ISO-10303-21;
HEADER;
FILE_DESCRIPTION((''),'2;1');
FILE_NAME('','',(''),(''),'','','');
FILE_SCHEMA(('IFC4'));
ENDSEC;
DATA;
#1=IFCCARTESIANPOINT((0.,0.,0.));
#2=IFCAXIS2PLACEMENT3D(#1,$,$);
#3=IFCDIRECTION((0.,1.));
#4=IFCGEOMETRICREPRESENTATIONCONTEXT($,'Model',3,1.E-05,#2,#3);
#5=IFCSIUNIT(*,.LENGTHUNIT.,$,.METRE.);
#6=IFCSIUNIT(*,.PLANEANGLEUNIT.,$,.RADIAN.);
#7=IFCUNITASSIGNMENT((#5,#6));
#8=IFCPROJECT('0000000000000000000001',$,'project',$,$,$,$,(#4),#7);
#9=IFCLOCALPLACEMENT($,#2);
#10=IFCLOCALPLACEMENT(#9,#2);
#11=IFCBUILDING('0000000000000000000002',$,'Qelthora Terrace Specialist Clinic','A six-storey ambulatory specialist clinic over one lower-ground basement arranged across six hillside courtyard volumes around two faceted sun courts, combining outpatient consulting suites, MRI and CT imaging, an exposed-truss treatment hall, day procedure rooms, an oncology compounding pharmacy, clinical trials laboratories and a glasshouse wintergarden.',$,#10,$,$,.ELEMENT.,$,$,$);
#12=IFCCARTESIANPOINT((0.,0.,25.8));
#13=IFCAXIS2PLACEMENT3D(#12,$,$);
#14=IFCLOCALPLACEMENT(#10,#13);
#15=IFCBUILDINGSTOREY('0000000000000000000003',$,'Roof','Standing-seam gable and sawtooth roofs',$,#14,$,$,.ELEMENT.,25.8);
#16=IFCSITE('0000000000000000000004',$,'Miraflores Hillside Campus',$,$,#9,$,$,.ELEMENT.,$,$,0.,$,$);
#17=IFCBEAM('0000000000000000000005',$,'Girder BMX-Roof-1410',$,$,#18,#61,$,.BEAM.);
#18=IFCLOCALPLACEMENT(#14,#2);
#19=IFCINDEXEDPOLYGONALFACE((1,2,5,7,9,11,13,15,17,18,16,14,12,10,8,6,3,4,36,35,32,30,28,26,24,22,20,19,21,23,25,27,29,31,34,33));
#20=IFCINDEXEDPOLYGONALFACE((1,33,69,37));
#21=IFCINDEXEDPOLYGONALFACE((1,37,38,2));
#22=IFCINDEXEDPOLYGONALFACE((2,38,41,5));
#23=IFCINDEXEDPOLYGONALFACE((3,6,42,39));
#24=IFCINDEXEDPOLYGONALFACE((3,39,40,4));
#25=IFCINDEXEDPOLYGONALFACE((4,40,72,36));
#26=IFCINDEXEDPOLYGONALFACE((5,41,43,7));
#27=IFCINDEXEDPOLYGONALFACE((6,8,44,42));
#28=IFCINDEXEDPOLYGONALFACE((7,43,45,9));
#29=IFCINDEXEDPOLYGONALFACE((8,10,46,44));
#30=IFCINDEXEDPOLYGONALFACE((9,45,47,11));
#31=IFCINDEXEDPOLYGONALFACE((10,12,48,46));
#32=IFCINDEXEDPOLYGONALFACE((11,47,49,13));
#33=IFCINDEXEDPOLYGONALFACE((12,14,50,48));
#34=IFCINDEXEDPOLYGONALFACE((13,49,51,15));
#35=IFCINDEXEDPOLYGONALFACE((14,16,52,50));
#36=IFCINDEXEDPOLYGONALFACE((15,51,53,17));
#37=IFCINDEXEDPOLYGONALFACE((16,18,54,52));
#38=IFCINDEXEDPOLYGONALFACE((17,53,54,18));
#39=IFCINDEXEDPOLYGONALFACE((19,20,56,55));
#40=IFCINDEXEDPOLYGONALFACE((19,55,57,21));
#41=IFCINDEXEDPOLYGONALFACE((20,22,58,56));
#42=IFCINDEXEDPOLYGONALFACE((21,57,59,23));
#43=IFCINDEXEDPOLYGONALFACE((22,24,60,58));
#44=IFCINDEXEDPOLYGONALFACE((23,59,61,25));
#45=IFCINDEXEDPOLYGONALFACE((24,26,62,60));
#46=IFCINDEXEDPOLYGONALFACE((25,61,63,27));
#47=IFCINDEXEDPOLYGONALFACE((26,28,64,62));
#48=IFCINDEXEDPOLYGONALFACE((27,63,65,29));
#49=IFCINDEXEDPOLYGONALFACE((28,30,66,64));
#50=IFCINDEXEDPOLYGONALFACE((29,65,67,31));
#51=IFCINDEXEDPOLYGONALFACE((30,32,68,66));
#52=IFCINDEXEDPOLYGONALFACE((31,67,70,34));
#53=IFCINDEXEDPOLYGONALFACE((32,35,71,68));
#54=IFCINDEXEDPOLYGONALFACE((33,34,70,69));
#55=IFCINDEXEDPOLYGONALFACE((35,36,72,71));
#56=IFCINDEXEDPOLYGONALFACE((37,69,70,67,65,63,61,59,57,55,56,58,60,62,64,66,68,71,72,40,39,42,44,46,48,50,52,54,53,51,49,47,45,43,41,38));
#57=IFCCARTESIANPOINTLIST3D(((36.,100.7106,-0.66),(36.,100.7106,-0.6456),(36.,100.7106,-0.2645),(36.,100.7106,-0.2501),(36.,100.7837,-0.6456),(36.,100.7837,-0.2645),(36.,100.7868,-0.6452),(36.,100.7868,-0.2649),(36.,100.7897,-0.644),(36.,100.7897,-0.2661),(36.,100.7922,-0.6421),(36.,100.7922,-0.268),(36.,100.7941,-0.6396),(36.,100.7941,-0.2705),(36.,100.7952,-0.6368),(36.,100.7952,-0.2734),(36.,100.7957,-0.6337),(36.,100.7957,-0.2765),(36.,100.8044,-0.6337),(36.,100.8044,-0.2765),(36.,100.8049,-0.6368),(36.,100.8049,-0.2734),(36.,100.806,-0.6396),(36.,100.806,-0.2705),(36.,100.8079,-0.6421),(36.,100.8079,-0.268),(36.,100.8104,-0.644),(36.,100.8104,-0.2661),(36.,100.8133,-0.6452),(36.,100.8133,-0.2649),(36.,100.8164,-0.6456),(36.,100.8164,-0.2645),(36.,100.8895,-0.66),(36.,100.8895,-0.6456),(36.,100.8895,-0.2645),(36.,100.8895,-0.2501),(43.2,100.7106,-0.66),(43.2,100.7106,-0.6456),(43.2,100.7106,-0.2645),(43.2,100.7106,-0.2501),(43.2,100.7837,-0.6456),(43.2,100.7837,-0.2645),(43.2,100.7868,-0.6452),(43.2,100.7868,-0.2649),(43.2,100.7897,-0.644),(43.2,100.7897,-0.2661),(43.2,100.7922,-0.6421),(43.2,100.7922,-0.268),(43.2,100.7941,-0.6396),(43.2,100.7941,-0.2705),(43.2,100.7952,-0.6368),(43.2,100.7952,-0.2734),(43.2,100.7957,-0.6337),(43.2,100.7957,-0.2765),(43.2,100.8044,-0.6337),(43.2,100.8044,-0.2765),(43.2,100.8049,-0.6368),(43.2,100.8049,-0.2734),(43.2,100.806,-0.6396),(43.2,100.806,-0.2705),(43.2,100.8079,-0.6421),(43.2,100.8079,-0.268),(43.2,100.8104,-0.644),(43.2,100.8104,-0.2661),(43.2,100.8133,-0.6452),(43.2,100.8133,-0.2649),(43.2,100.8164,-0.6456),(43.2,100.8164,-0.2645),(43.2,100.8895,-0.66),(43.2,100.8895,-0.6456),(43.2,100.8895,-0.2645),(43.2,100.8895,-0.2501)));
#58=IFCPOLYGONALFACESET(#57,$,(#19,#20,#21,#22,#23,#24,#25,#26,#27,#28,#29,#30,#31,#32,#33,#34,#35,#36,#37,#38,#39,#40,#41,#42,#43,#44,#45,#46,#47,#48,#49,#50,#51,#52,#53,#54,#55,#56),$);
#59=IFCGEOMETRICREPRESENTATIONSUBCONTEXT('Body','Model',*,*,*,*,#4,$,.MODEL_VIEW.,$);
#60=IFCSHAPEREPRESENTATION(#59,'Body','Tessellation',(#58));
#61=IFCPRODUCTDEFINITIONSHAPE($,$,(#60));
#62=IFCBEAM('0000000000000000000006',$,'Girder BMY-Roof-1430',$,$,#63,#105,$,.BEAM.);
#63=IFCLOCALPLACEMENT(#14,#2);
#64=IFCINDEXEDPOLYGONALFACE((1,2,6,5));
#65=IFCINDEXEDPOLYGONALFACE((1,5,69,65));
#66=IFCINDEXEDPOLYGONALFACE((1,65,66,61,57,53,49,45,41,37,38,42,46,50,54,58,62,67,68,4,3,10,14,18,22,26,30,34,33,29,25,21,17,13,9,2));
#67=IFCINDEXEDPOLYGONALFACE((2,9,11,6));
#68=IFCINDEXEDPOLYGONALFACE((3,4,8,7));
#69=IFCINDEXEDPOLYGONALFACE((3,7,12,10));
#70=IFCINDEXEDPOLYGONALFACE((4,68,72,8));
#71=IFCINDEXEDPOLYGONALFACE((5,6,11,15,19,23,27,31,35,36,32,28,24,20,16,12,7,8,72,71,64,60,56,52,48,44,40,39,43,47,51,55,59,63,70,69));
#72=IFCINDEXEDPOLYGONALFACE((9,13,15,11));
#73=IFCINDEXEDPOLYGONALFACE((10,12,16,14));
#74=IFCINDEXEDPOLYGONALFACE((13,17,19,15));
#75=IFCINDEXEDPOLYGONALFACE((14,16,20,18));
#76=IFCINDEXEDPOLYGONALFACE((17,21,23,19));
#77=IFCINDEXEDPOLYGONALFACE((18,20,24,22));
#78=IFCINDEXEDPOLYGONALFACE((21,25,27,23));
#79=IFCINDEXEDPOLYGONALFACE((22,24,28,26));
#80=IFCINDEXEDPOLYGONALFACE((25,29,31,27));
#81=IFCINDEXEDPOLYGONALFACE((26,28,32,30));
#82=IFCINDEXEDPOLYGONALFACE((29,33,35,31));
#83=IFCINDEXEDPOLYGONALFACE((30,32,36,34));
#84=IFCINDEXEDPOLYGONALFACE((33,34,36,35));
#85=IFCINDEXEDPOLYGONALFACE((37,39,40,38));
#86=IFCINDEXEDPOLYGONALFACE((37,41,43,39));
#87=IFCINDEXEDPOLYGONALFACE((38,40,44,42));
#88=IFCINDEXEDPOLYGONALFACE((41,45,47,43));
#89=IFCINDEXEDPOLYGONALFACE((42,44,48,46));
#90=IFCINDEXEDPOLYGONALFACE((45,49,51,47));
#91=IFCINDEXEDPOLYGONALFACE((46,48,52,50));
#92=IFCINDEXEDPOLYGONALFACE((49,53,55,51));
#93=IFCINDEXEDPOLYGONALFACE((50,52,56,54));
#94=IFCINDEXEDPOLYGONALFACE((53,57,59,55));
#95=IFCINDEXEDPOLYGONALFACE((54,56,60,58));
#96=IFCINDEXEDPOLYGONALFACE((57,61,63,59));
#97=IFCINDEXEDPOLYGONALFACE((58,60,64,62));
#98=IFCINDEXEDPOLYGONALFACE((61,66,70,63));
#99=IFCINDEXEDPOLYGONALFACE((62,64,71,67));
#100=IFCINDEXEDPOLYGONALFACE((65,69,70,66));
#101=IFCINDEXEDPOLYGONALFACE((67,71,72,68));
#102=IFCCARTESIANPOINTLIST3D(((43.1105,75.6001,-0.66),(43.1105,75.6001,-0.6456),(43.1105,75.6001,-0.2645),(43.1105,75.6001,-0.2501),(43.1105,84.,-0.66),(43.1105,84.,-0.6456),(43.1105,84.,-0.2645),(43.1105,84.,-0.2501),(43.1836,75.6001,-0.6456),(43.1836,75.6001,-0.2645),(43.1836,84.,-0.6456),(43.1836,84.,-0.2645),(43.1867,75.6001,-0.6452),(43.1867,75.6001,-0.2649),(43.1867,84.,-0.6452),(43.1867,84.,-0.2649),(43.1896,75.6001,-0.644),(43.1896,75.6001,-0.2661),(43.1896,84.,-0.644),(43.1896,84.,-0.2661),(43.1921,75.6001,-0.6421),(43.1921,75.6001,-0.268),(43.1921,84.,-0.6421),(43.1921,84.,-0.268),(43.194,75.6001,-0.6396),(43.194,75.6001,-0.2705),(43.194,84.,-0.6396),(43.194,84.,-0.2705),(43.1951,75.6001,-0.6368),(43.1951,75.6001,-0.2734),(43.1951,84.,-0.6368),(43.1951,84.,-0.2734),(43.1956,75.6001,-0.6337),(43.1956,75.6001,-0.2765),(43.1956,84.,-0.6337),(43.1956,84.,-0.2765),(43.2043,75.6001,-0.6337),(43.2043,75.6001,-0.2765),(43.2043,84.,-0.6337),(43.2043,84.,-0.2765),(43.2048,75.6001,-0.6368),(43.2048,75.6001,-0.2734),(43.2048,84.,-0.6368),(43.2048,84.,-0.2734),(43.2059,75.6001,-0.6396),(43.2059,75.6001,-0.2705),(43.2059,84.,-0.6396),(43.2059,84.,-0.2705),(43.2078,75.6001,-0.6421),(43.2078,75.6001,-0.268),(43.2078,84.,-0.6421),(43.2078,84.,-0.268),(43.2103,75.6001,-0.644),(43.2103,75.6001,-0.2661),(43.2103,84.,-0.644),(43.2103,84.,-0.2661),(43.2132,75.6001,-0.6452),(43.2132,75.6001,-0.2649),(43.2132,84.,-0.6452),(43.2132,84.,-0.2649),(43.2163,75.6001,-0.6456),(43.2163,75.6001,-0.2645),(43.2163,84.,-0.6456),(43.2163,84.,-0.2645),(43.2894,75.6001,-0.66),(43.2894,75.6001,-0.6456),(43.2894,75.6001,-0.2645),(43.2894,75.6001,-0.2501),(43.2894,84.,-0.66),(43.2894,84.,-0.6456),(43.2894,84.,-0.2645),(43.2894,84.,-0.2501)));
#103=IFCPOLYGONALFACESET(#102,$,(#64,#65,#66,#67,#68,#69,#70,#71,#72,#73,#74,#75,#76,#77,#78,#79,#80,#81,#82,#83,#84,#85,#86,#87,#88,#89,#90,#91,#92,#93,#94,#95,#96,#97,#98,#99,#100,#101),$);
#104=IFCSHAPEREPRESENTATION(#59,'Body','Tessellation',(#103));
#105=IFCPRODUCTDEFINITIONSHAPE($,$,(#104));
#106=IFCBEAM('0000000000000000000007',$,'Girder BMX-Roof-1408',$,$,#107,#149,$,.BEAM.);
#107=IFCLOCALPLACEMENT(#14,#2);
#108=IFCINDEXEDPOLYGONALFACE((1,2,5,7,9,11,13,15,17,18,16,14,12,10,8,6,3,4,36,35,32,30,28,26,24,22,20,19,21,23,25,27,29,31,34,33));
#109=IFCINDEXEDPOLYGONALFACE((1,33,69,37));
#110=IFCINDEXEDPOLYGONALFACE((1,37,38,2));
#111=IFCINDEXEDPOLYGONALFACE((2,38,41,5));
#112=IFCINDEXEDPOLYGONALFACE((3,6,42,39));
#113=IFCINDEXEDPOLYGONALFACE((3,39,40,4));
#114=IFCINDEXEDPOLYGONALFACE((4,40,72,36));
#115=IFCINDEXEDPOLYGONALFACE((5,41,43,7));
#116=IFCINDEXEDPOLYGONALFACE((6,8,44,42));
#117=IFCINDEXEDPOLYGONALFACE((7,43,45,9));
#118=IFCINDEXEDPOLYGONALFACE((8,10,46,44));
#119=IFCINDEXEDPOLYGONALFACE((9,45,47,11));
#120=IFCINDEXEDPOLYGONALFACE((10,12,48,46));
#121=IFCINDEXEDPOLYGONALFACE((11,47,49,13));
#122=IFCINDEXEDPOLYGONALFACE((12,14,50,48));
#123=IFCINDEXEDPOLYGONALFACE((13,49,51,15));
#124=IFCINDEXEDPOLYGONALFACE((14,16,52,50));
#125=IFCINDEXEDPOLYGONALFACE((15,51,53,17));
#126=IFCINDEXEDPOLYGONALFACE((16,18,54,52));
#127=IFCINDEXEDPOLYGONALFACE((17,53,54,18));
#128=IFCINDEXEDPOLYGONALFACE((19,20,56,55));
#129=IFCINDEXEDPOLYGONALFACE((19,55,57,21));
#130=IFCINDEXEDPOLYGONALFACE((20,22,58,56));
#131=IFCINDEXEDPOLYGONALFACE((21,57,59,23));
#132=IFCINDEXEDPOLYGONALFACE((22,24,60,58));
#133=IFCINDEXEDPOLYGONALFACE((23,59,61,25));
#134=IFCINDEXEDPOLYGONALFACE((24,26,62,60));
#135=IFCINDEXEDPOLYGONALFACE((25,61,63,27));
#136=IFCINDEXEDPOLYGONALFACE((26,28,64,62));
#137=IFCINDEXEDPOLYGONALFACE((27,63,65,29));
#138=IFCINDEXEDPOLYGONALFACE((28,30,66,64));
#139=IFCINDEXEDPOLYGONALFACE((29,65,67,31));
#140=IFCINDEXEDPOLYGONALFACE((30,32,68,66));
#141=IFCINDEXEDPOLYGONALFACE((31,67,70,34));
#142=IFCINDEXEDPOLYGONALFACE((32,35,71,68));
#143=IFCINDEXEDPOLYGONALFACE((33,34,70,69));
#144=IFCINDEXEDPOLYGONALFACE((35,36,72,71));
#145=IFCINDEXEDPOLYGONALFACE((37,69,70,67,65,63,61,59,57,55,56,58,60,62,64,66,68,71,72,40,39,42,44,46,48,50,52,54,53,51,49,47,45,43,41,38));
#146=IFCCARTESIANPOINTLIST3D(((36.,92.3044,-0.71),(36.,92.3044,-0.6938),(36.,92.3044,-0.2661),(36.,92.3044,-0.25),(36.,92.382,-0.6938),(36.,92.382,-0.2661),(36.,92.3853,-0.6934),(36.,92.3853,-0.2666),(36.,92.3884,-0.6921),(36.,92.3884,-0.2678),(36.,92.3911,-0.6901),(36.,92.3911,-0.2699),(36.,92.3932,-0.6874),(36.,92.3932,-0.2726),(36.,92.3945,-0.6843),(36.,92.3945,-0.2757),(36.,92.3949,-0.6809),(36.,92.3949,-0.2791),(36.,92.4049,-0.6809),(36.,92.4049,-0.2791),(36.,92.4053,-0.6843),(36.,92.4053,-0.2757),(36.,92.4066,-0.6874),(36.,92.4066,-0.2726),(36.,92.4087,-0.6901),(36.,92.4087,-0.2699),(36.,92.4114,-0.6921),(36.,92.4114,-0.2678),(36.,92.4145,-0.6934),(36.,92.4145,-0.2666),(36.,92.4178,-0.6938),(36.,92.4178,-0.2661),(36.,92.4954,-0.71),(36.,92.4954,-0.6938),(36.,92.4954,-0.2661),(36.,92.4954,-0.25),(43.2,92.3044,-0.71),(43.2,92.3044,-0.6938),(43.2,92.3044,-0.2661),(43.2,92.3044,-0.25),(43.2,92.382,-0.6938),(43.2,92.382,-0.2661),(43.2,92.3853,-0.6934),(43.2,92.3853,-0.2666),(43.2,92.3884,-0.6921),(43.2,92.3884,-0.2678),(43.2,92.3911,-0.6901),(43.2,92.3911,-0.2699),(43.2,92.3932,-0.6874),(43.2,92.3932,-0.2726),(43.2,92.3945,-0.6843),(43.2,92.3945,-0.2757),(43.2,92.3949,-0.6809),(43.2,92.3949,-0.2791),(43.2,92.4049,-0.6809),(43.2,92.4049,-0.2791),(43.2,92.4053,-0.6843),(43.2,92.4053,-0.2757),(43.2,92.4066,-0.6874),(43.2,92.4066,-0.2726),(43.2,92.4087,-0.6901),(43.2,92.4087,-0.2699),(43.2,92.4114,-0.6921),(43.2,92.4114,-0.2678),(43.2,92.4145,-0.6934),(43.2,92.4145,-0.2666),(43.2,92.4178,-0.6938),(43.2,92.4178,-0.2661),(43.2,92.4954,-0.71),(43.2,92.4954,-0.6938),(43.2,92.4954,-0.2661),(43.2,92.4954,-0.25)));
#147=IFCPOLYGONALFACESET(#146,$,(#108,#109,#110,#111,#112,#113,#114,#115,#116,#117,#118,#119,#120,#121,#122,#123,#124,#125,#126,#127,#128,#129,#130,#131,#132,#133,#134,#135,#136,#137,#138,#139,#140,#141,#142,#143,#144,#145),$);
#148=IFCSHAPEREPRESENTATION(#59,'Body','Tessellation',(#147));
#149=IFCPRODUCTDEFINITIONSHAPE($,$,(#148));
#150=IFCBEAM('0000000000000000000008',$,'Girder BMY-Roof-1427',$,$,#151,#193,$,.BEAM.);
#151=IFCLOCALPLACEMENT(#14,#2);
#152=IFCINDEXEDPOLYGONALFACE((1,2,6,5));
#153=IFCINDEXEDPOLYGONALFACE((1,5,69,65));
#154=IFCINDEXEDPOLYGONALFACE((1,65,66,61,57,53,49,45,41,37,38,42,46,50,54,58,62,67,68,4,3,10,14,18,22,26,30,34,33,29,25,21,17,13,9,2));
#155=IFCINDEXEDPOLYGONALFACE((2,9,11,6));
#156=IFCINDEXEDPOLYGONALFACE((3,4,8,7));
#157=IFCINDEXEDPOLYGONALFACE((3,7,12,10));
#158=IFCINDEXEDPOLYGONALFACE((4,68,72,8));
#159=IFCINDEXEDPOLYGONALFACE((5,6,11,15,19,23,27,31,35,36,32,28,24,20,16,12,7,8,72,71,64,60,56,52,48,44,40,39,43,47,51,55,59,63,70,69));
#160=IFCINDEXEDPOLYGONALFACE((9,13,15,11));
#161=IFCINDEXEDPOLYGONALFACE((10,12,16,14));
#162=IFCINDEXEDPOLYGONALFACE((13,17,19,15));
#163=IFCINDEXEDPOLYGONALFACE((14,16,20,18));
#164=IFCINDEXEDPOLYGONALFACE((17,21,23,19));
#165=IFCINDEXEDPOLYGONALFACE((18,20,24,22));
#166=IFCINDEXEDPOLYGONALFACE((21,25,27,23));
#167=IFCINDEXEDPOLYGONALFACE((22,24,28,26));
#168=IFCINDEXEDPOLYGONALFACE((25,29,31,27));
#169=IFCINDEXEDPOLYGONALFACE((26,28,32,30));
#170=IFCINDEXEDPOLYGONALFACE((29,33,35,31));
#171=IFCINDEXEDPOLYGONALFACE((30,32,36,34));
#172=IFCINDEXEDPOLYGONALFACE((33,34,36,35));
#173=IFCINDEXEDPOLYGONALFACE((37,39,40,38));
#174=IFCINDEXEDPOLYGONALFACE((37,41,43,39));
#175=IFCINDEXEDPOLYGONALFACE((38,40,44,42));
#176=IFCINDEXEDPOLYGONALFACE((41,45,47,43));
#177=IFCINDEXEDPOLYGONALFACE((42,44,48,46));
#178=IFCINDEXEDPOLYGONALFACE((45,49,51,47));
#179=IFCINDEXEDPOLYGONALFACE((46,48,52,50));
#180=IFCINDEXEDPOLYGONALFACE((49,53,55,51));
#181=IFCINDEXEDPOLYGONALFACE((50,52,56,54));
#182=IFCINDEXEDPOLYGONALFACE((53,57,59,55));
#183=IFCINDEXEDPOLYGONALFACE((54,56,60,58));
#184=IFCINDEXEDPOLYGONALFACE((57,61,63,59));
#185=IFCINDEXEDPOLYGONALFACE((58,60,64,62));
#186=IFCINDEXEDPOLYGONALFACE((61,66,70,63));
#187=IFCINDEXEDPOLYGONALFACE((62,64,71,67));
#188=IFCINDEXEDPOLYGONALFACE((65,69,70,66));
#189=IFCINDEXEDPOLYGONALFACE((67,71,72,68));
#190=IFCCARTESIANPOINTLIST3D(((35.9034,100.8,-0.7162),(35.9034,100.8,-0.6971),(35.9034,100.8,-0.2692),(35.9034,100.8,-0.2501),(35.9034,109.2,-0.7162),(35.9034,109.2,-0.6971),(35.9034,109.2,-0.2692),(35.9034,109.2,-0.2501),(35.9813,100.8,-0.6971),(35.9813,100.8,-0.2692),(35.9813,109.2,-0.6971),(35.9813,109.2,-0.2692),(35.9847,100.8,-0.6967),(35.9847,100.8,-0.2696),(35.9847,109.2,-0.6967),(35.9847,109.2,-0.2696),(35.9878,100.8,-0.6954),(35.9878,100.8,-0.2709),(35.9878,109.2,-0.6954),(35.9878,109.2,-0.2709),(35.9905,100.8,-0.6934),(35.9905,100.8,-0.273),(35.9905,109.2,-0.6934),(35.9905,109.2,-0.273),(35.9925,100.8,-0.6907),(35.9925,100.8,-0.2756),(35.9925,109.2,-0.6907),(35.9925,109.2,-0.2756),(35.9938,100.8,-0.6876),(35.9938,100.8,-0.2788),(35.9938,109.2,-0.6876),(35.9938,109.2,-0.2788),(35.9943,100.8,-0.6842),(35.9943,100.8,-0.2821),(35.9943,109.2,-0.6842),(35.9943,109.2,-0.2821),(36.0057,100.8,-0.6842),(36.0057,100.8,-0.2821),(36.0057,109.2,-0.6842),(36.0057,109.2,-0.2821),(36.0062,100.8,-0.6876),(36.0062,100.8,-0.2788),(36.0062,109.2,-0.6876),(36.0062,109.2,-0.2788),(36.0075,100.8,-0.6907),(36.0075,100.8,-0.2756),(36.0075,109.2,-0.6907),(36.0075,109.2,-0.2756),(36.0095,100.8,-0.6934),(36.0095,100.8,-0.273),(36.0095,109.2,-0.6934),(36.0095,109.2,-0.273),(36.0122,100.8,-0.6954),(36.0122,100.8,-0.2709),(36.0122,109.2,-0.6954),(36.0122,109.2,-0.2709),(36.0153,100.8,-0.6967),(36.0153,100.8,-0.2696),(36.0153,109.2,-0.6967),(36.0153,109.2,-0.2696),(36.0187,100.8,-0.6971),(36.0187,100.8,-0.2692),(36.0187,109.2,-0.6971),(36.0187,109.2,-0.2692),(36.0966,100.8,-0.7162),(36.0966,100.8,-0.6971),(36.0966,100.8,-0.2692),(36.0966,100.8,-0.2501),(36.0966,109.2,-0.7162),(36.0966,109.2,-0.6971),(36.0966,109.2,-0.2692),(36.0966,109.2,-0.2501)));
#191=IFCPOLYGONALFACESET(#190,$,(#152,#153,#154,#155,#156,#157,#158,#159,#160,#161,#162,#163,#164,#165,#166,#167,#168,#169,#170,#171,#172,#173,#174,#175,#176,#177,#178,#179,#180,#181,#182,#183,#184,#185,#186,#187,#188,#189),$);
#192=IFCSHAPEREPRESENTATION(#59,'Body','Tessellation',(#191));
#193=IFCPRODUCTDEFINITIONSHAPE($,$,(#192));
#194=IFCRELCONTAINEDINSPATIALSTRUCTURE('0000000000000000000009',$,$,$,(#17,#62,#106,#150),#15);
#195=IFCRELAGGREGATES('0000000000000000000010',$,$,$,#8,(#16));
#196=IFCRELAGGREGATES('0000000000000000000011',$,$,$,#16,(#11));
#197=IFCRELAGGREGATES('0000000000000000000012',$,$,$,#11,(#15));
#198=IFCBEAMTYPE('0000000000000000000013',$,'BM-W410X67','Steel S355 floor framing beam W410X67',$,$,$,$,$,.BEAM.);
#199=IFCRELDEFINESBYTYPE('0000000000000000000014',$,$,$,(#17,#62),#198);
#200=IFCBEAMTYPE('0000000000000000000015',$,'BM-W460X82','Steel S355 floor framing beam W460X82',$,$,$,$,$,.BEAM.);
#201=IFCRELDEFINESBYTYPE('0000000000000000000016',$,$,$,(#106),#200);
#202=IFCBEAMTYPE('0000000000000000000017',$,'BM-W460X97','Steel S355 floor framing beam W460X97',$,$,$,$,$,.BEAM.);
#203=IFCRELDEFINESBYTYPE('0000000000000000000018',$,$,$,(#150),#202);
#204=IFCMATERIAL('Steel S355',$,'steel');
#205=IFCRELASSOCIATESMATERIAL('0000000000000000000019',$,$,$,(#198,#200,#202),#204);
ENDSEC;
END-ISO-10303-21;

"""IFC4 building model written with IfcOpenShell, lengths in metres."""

from ifc_helpers import new_model, si_unit, direction, frame, origin, origin_2d, place, context, subcontext, project, spatial, i_section, extrude, material, material_profile, profile_set, type_object, element, save


model = new_model("IFC4")

# Units and contexts
model_context = context("Model", 3, precision=1e-05, world=origin(), true_north=direction((0.0, 1.0)))
body_context = subcontext(model_context, "Body", "Model", "MODEL_VIEW")
ifc_project = project(units=[si_unit("LENGTHUNIT", "METRE"), si_unit("PLANEANGLEUNIT", "RADIAN")], contexts=[model_context])

# Site, building, storey
site_placement = place(None, origin())
site = spatial("IfcSite", under=ifc_project, at=site_placement, Name="Miraflores Hillside Campus", CompositionType="ELEMENT", RefElevation=0.0)
building_placement = place(site_placement, origin())
building = spatial("IfcBuilding", under=site, at=building_placement, Name="Qelthora Terrace Specialist Clinic", Description="A six-storey ambulatory specialist clinic over one lower-ground basement arranged across six hillside courtyard volumes around two faceted sun courts, combining outpatient consulting suites, MRI and CT imaging, an exposed-truss treatment hall, day procedure rooms, an oncology compounding pharmacy, clinical trials laboratories and a glasshouse wintergarden.", CompositionType="ELEMENT")
storey_placement = place(building_placement, frame((0.0, 0.0, 25.8)))
storey = spatial("IfcBuildingStorey", under=building, at=storey_placement, Name="Roof", Description="Standing-seam gable and sawtooth roofs", CompositionType="ELEMENT", Elevation=25.8)

# Beams
ifc_material_1 = material(Name="Steel S355", Category="steel")
ifc_material_profile_1 = material_profile(ifc_material_1, i_section(OverallWidth=0.179, OverallDepth=0.4099, WebThickness=0.0088, FlangeThickness=0.0144, FilletRadius=0.012, at=origin_2d()), Name="W410X67")
ifc_profile_set_1 = profile_set([ifc_material_profile_1], Name="Steel S355")
beam_type_1 = type_object("IfcBeamType", Name="BM-W410X67", Description="Steel S355 floor framing beam W410X67", PredefinedType="BEAM", material=ifc_profile_set_1)
beam_1_placement = place(storey_placement, frame((36.0, 100.8, -0.4551), z_axis=(1.0, 0.0, 0.0), x_axis=(0.0, 1.0, 0.0)))
element("IfcBeam", 1, at=beam_1_placement, inside=storey, type_object=beam_type_1, Name="Girder BMX-Roof-1410", PredefinedType="BEAM", context=body_context, shape_type="SweptSolid", body=[
    extrude(i_section(OverallWidth=0.179, OverallDepth=0.4099, WebThickness=0.0088, FlangeThickness=0.0144, FilletRadius=0.012, at=origin_2d()), origin(), (0.0, 0.0, 1.0), 7.2),
])
beam_2_placement = place(storey_placement, frame((43.2, 75.6001, -0.4551), z_axis=(0.0, 1.0, 0.0), x_axis=(-1.0, 0.0, 0.0)))
element("IfcBeam", 2, at=beam_2_placement, inside=storey, type_object=beam_type_1, Name="Girder BMY-Roof-1430", PredefinedType="BEAM", context=body_context, shape_type="SweptSolid", body=[
    extrude(i_section(OverallWidth=0.179, OverallDepth=0.4099, WebThickness=0.0088, FlangeThickness=0.0144, FilletRadius=0.012, at=origin_2d()), origin(), (0.0, 0.0, 1.0), 8.3999),
])
ifc_material_profile_2 = material_profile(ifc_material_1, i_section(OverallWidth=0.1909, OverallDepth=0.46, WebThickness=0.01, FlangeThickness=0.0161, FilletRadius=0.0129, at=origin_2d()), Name="W460X82")
ifc_profile_set_2 = profile_set([ifc_material_profile_2], Name="Steel S355")
beam_type_2 = type_object("IfcBeamType", Name="BM-W460X82", Description="Steel S355 floor framing beam W460X82", PredefinedType="BEAM", material=ifc_profile_set_2)
beam_3_placement = place(storey_placement, frame((36.0, 92.3999, -0.48), z_axis=(1.0, 0.0, 0.0), x_axis=(0.0, 1.0, 0.0)))
element("IfcBeam", 3, at=beam_3_placement, inside=storey, type_object=beam_type_2, Name="Girder BMX-Roof-1408", PredefinedType="BEAM", context=body_context, shape_type="SweptSolid", body=[
    extrude(i_section(OverallWidth=0.1909, OverallDepth=0.46, WebThickness=0.01, FlangeThickness=0.0161, FilletRadius=0.0129, at=origin_2d()), origin(), (0.0, 0.0, 1.0), 7.2),
])
ifc_material_profile_3 = material_profile(ifc_material_1, i_section(OverallWidth=0.1931, OverallDepth=0.4661, WebThickness=0.0115, FlangeThickness=0.019, FilletRadius=0.0129, at=origin_2d()), Name="W460X97")
ifc_profile_set_3 = profile_set([ifc_material_profile_3], Name="Steel S355")
beam_type_3 = type_object("IfcBeamType", Name="BM-W460X97", Description="Steel S355 floor framing beam W460X97", PredefinedType="BEAM", material=ifc_profile_set_3)
beam_4_placement = place(storey_placement, frame((36.0, 100.8, -0.4832), z_axis=(0.0, 1.0, 0.0), x_axis=(-1.0, 0.0, 0.0)))
element("IfcBeam", 4, at=beam_4_placement, inside=storey, type_object=beam_type_3, Name="Girder BMY-Roof-1427", PredefinedType="BEAM", context=body_context, shape_type="SweptSolid", body=[
    extrude(i_section(OverallWidth=0.1931, OverallDepth=0.4661, WebThickness=0.0115, FlangeThickness=0.019, FilletRadius=0.0129, at=origin_2d()), origin(), (0.0, 0.0, 1.0), 8.3999),
])

save(model, "model.ifc")
